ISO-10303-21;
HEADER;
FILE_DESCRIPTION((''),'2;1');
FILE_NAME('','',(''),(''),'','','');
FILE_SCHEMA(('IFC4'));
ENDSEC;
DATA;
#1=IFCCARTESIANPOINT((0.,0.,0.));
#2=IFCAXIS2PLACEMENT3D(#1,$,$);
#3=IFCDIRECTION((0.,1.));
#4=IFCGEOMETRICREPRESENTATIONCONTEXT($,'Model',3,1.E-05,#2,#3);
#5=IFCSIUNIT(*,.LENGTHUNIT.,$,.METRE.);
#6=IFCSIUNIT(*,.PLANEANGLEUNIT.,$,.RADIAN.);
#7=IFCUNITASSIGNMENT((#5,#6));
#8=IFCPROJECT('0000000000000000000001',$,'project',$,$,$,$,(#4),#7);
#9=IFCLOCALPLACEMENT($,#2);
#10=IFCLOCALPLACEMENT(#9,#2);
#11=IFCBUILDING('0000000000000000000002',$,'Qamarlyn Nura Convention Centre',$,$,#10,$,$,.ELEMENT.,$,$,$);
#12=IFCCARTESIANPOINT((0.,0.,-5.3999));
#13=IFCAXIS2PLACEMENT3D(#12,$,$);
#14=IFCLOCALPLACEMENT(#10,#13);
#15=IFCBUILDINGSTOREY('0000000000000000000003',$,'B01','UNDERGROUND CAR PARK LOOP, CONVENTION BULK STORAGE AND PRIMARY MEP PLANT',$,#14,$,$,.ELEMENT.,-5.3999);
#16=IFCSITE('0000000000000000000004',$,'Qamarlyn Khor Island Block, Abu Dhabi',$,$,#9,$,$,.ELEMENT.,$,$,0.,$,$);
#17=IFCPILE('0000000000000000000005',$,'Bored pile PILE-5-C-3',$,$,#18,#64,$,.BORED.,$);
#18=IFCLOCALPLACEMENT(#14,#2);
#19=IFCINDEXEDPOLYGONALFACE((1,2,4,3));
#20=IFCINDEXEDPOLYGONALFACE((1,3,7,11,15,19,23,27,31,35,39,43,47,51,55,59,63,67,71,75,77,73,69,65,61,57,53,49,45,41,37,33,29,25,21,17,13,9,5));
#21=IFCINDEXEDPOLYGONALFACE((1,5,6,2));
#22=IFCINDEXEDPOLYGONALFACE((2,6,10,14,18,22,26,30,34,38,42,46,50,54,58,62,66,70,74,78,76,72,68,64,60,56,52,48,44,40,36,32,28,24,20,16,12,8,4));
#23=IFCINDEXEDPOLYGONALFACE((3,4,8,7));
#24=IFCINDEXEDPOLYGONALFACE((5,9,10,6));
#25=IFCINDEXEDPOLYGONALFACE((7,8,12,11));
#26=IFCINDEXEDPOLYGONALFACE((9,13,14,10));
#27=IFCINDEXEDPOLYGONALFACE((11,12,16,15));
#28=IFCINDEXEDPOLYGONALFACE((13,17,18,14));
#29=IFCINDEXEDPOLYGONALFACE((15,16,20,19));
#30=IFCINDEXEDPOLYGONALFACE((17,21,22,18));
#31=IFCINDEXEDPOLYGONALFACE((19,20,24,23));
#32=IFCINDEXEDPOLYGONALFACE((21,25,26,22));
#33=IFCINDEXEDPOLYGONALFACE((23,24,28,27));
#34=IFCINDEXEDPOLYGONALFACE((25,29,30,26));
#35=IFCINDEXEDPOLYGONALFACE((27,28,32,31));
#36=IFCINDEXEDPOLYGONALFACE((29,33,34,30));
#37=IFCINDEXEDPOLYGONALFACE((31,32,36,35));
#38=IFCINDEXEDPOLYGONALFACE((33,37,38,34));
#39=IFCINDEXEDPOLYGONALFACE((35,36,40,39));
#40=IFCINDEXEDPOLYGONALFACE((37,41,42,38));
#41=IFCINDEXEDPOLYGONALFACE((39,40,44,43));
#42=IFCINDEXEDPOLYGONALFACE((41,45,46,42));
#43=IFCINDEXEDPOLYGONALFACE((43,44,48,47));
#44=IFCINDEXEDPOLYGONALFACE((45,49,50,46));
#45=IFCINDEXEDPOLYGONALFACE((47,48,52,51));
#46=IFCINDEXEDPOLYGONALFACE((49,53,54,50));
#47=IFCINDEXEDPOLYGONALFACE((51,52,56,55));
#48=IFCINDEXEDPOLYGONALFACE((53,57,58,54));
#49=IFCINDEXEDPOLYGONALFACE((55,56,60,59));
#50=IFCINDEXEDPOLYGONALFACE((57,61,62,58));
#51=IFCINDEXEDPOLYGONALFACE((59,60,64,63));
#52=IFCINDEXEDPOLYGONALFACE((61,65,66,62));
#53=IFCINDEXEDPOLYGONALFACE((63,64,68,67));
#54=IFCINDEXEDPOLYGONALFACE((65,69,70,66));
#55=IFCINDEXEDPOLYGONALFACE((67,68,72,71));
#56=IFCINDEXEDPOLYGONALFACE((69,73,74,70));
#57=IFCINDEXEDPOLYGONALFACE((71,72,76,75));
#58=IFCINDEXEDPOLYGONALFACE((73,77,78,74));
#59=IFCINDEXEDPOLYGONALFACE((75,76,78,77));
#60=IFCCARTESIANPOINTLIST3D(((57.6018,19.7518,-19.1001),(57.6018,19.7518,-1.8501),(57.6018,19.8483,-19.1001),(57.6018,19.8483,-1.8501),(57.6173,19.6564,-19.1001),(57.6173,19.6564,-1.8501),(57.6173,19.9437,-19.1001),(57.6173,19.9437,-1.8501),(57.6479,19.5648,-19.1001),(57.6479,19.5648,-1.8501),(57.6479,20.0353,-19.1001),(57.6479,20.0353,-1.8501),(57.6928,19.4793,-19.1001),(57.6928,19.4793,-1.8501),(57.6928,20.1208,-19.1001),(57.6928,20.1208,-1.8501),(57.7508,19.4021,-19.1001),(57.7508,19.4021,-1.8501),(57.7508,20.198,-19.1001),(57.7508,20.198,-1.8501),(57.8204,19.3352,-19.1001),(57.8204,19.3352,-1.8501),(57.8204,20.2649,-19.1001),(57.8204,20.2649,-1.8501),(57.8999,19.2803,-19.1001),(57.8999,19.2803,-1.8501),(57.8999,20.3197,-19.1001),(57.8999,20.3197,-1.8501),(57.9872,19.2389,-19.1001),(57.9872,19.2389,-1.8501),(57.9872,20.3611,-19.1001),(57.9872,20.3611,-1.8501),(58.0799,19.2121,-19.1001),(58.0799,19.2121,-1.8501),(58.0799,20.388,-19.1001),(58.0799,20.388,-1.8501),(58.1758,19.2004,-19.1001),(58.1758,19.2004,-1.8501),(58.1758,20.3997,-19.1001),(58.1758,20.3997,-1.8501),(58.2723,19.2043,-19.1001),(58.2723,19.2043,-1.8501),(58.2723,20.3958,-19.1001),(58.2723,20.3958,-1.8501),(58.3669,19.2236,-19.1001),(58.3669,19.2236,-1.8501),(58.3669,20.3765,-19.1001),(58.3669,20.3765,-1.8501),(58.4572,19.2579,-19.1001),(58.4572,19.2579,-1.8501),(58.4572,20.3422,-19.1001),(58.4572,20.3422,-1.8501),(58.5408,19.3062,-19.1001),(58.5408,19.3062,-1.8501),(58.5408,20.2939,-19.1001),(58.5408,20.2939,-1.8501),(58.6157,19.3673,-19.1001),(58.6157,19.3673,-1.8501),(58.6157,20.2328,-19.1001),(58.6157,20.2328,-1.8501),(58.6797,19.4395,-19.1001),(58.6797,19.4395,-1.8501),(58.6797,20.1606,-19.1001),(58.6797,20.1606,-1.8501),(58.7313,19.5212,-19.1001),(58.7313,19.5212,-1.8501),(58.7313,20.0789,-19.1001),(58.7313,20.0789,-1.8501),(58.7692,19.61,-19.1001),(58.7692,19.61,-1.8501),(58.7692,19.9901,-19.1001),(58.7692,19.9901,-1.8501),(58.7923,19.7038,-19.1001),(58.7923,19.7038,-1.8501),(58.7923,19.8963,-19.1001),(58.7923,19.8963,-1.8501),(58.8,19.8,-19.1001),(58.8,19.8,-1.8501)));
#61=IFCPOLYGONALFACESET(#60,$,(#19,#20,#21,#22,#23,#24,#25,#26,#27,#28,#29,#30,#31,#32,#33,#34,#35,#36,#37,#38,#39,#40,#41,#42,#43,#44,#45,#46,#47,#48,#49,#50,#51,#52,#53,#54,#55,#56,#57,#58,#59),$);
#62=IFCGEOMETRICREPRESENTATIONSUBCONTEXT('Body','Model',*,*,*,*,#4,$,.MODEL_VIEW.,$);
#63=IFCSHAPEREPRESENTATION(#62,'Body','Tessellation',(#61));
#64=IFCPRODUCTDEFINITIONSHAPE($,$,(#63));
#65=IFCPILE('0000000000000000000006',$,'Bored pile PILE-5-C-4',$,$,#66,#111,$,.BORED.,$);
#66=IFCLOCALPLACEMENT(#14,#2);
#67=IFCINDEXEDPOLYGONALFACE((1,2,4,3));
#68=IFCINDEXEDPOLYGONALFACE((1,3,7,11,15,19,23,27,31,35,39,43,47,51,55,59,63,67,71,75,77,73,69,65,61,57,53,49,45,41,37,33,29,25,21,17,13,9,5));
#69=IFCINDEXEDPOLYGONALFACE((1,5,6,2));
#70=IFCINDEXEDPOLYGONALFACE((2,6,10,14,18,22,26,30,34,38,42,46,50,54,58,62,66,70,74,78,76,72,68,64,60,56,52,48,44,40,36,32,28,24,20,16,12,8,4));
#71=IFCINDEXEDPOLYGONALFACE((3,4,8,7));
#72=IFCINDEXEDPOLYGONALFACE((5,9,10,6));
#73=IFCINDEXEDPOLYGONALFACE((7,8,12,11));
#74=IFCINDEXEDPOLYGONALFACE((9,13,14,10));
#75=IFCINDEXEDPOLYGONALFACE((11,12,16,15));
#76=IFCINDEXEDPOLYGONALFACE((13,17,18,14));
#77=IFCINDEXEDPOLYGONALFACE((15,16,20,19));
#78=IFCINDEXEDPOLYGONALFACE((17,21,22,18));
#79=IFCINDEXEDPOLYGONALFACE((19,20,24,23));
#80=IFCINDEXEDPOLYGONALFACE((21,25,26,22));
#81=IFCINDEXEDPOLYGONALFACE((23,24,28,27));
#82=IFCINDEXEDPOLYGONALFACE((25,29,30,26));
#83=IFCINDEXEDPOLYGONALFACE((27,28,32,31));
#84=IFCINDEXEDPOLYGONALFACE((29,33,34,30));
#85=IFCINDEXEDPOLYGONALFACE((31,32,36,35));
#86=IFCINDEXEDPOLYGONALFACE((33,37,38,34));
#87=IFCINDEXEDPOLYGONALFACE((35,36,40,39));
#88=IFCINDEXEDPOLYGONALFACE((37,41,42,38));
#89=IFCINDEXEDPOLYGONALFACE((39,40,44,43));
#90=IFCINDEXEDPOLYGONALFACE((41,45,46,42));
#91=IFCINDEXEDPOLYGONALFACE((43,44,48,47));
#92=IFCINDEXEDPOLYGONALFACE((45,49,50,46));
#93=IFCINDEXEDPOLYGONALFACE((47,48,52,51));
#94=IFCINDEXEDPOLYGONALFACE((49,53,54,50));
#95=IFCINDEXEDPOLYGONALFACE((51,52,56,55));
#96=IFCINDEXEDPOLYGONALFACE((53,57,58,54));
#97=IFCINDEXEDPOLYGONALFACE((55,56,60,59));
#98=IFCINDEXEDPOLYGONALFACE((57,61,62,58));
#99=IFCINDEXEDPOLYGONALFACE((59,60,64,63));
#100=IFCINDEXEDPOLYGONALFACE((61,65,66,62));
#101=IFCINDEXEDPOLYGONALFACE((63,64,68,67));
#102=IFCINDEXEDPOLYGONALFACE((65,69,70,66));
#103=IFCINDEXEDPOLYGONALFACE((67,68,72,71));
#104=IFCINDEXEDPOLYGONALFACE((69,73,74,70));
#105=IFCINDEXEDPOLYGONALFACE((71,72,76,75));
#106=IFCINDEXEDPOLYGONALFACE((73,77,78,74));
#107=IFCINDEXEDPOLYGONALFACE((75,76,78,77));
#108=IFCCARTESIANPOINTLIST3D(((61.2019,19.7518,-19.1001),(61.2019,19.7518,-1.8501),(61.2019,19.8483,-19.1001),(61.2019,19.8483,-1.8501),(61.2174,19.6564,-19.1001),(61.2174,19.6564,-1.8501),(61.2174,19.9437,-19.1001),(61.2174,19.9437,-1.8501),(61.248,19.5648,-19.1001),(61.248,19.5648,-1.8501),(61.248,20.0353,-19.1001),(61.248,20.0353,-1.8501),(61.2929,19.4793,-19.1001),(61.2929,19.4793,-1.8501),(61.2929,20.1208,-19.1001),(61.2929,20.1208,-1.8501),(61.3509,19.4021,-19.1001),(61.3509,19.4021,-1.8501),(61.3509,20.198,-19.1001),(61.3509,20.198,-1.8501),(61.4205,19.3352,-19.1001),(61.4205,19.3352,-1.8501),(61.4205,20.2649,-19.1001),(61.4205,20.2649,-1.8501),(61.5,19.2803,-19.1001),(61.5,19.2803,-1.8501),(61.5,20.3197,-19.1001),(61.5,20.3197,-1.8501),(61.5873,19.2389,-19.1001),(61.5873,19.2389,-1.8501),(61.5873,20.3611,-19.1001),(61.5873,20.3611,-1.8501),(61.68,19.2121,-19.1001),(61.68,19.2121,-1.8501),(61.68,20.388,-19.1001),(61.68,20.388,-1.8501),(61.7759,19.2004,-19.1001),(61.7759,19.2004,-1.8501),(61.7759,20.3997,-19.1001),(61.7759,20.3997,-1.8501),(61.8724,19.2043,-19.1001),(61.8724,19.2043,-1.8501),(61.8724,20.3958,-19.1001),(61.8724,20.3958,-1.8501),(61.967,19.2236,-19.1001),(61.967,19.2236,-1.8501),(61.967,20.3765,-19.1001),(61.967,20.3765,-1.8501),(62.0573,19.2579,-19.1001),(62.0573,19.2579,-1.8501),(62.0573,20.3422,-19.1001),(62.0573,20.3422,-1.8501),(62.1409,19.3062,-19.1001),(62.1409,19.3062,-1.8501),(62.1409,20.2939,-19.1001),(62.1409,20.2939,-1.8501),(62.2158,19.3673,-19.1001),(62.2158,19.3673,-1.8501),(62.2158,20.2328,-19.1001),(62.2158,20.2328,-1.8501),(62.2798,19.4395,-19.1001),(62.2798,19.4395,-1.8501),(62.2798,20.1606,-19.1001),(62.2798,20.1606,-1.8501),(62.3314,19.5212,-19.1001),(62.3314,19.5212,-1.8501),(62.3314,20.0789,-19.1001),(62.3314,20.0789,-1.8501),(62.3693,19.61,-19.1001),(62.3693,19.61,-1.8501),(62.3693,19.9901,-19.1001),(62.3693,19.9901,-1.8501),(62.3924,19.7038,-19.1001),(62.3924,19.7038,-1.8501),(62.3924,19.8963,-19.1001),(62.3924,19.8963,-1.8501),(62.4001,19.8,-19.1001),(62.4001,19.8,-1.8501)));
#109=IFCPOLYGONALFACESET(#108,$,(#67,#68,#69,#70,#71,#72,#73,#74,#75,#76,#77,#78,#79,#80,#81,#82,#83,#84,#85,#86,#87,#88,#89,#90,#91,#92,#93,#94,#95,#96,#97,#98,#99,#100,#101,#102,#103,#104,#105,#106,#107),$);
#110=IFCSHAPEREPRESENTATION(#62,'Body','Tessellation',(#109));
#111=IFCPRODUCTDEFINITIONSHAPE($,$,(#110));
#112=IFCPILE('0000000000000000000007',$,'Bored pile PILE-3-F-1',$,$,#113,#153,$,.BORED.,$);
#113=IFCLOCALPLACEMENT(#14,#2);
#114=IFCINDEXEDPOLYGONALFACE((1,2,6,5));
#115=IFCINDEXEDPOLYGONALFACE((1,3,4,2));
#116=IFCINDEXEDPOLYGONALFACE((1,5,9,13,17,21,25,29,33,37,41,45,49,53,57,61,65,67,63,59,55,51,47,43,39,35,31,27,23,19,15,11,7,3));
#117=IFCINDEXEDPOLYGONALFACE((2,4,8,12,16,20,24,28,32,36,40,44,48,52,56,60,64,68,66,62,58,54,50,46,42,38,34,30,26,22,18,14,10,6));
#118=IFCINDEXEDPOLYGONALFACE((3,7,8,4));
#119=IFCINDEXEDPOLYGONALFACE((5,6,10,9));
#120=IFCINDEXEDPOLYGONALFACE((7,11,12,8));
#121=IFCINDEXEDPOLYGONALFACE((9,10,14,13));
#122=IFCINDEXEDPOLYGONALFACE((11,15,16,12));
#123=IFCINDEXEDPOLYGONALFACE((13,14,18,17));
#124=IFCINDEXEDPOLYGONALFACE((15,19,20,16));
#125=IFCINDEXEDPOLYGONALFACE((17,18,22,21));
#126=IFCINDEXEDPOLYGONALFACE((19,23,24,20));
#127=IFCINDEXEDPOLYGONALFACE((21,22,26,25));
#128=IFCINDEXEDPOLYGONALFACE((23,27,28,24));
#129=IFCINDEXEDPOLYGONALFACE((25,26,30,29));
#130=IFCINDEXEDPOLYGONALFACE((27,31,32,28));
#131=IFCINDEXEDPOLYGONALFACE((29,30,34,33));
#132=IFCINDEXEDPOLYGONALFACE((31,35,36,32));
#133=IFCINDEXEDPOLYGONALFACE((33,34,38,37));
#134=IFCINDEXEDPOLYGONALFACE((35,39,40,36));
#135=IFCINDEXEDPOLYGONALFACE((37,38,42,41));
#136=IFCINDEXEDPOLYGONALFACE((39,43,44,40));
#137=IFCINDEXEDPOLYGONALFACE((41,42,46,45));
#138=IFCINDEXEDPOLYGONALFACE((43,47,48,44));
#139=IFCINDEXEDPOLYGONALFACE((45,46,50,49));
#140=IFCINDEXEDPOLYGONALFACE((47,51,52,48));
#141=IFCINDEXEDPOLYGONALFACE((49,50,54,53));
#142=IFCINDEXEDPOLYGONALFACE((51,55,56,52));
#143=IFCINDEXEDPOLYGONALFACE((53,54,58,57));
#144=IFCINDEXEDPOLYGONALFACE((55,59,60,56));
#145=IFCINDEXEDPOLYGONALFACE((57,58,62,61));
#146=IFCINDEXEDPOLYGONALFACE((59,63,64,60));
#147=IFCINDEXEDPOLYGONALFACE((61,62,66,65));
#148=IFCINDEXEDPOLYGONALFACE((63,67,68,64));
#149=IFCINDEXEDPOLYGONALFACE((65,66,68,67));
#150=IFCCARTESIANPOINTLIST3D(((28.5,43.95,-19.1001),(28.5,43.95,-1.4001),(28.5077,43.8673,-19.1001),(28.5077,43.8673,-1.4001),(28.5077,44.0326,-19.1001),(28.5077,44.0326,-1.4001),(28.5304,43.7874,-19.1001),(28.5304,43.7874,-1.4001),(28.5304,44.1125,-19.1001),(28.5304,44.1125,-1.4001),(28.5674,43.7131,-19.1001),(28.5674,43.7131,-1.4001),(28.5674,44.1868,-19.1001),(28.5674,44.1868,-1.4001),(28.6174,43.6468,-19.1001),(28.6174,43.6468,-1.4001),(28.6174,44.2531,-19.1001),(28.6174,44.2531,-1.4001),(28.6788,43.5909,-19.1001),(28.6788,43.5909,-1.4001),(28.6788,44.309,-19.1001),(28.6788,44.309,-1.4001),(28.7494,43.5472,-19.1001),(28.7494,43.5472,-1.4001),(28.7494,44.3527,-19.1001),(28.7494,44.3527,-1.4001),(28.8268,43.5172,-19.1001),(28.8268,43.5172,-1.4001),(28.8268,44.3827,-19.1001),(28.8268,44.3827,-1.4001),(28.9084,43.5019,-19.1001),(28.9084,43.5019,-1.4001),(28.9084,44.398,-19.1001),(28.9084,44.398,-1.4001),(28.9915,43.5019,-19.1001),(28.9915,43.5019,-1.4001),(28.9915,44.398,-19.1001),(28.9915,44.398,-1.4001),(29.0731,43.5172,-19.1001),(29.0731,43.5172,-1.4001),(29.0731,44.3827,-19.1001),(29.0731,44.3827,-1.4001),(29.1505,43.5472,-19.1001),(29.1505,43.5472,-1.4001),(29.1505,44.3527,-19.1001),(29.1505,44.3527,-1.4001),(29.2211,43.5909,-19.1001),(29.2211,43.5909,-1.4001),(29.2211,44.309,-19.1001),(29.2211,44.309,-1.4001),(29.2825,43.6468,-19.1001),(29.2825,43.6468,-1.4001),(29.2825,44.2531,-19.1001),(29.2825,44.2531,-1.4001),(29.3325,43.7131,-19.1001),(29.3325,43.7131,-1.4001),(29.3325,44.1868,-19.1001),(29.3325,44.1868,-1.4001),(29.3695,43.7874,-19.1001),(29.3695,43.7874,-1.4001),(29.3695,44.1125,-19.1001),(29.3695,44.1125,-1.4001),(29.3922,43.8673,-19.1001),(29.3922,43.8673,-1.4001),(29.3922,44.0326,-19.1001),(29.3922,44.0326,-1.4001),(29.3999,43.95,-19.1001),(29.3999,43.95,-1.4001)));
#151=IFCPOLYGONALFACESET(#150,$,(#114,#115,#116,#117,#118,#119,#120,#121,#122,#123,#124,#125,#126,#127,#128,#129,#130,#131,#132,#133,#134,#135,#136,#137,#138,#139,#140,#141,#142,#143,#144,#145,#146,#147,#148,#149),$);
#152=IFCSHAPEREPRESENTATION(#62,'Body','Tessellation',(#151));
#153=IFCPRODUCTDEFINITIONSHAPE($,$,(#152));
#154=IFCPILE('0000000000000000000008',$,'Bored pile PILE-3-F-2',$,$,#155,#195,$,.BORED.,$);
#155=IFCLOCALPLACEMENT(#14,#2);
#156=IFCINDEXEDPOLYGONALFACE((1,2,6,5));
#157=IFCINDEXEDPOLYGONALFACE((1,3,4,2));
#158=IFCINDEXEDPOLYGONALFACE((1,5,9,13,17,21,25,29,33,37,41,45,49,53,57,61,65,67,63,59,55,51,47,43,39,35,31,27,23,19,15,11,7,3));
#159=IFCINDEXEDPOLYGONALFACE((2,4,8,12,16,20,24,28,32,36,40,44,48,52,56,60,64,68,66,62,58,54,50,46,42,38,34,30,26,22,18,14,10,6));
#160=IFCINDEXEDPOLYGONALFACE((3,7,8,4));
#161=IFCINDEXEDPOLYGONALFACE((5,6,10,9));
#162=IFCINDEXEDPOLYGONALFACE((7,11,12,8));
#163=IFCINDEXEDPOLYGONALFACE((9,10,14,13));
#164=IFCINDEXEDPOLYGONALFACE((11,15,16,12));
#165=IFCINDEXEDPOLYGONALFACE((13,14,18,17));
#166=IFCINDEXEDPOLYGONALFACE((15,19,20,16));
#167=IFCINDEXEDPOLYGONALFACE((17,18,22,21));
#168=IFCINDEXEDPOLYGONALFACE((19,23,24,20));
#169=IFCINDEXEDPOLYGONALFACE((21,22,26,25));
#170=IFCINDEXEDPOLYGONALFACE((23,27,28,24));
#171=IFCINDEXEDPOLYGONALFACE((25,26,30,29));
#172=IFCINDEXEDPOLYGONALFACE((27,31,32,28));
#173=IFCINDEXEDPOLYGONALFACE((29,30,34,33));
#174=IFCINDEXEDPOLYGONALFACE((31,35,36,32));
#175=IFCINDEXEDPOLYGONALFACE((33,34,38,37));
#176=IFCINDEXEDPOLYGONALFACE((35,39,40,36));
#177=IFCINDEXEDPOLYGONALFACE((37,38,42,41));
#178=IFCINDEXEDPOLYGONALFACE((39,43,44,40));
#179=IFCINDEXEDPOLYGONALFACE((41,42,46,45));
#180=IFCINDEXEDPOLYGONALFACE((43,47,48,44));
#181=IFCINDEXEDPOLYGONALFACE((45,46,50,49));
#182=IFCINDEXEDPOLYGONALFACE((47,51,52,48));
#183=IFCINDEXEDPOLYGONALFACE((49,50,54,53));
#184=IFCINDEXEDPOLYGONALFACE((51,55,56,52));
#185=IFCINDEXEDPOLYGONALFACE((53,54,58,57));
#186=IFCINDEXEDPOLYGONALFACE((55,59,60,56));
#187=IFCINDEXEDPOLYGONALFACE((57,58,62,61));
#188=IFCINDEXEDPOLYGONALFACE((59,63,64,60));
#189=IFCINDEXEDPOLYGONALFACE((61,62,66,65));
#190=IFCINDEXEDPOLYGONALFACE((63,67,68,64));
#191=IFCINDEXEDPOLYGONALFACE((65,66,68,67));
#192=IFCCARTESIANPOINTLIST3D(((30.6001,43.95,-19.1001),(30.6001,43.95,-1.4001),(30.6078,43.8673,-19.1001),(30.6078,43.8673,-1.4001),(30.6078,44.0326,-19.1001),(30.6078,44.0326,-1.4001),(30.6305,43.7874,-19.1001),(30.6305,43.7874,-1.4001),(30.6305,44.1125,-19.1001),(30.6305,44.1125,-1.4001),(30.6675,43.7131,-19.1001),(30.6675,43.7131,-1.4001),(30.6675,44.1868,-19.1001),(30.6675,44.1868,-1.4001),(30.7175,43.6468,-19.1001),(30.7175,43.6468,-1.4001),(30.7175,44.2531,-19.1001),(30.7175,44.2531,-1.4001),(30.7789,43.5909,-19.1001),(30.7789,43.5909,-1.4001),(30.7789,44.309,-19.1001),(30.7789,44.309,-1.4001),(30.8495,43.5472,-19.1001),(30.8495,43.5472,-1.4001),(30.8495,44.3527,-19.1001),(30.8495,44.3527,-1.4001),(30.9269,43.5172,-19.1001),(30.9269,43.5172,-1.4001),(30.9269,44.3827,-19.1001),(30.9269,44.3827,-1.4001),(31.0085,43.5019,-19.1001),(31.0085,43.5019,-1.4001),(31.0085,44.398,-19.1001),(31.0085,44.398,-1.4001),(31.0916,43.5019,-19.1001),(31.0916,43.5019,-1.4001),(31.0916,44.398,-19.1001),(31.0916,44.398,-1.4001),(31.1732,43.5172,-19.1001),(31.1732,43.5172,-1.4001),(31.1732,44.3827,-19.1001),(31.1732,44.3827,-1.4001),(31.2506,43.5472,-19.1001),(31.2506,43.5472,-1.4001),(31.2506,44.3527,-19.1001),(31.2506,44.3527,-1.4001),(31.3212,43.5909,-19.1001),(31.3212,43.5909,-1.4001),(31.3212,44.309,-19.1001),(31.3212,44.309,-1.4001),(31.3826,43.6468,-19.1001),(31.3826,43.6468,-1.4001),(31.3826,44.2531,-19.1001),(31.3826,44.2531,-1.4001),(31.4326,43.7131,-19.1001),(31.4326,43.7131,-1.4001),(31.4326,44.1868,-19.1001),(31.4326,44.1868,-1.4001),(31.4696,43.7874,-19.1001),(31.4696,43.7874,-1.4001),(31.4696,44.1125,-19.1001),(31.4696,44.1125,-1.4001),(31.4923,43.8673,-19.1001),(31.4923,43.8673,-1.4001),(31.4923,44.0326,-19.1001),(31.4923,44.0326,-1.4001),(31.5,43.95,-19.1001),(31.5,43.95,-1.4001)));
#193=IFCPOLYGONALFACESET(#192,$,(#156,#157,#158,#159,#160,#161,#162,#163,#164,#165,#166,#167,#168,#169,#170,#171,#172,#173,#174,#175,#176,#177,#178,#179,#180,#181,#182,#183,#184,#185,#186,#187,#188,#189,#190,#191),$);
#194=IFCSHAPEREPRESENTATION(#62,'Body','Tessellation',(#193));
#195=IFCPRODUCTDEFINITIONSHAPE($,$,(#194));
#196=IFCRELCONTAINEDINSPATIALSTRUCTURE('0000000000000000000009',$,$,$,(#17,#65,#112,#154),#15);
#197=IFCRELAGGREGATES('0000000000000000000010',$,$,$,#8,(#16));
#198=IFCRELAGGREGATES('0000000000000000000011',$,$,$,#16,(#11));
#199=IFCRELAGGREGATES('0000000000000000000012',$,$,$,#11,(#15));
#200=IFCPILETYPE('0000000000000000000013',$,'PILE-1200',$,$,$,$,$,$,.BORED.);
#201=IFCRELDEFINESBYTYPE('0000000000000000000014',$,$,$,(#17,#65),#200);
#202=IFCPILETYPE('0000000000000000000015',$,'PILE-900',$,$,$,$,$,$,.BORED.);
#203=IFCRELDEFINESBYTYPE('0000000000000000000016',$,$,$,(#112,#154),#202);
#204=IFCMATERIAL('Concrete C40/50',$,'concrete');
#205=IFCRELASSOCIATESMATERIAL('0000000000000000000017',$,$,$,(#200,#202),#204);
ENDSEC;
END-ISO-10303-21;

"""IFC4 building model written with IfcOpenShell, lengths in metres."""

from ifc_helpers import new_model, si_unit, direction, frame, origin, origin_2d, place, context, subcontext, project, spatial, circle, extrude, material, material_profile, profile_set, type_object, element, save


model = new_model("IFC4")

# Units and contexts
model_context = context("Model", 3, precision=1e-05, world=origin(), true_north=direction((0.0, 1.0)))
body_context = subcontext(model_context, "Body", "Model", "MODEL_VIEW")
ifc_project = project(units=[si_unit("LENGTHUNIT", "METRE"), si_unit("PLANEANGLEUNIT", "RADIAN")], contexts=[model_context])

# Site, building, storey
site_placement = place(None, origin())
site = spatial("IfcSite", under=ifc_project, at=site_placement, Name="Qamarlyn Khor Island Block, Abu Dhabi", CompositionType="ELEMENT", RefElevation=0.0)
building_placement = place(site_placement, origin())
building = spatial("IfcBuilding", under=site, at=building_placement, Name="Qamarlyn Nura Convention Centre", CompositionType="ELEMENT")
storey_placement = place(building_placement, frame((0.0, 0.0, -5.3999)))
storey = spatial("IfcBuildingStorey", under=building, at=storey_placement, Name="B01", Description="UNDERGROUND CAR PARK LOOP, CONVENTION BULK STORAGE AND PRIMARY MEP PLANT", CompositionType="ELEMENT", Elevation=-5.3999)

# Shared definitions
ifc_material_1 = material(Name="Concrete C40/50", Category="concrete")

# Piles
ifc_material_profile_1 = material_profile(ifc_material_1, circle(Radius=0.6001, at=origin_2d()), Name="BORED PILE 1200")
ifc_profile_set_1 = profile_set([ifc_material_profile_1], Name="Concrete C40/50")
pile_type_1 = type_object("IfcPileType", Name="PILE-1200", PredefinedType="BORED", material=ifc_profile_set_1)
for number, where, z_axis, x_axis, name in (
    (1, (58.2, 19.8, -1.8501), (0.0, 0.0, -1.0), (1.0, 0.0, 0.0), "Bored pile PILE-5-C-3"),
    (2, (61.8, 19.8, -1.8501), (0.0, 0.0, -1.0), (1.0, 0.0, 0.0), "Bored pile PILE-5-C-4"),
):
    element("IfcPile", number, at=place(storey_placement, frame(where, z_axis=z_axis, x_axis=x_axis)), inside=storey, type_object=pile_type_1, Name=name, PredefinedType="BORED", context=body_context, shape_type="SweptSolid", body=[
        extrude(circle(Radius=0.6001, at=origin_2d()), origin(), (0.0, 0.0, 1.0), 17.25),
    ])
ifc_material_profile_2 = material_profile(ifc_material_1, circle(Radius=0.45, at=origin_2d()), Name="BORED PILE 900")
ifc_profile_set_2 = profile_set([ifc_material_profile_2], Name="Concrete C40/50")
pile_type_2 = type_object("IfcPileType", Name="PILE-900", PredefinedType="BORED", material=ifc_profile_set_2)
for number, where, z_axis, x_axis, name in (
    (3, (28.95, 43.95, -1.4001), (0.0, 0.0, -1.0), (1.0, 0.0, 0.0), "Bored pile PILE-3-F-1"),
    (4, (31.05, 43.95, -1.4001), (0.0, 0.0, -1.0), (1.0, 0.0, 0.0), "Bored pile PILE-3-F-2"),
):
    element("IfcPile", number, at=place(storey_placement, frame(where, z_axis=z_axis, x_axis=x_axis)), inside=storey, type_object=pile_type_2, Name=name, PredefinedType="BORED", context=body_context, shape_type="SweptSolid", body=[
        extrude(circle(Radius=0.45, at=origin_2d()), origin(), (0.0, 0.0, 1.0), 17.7),
    ])

save(model, "model.ifc")
